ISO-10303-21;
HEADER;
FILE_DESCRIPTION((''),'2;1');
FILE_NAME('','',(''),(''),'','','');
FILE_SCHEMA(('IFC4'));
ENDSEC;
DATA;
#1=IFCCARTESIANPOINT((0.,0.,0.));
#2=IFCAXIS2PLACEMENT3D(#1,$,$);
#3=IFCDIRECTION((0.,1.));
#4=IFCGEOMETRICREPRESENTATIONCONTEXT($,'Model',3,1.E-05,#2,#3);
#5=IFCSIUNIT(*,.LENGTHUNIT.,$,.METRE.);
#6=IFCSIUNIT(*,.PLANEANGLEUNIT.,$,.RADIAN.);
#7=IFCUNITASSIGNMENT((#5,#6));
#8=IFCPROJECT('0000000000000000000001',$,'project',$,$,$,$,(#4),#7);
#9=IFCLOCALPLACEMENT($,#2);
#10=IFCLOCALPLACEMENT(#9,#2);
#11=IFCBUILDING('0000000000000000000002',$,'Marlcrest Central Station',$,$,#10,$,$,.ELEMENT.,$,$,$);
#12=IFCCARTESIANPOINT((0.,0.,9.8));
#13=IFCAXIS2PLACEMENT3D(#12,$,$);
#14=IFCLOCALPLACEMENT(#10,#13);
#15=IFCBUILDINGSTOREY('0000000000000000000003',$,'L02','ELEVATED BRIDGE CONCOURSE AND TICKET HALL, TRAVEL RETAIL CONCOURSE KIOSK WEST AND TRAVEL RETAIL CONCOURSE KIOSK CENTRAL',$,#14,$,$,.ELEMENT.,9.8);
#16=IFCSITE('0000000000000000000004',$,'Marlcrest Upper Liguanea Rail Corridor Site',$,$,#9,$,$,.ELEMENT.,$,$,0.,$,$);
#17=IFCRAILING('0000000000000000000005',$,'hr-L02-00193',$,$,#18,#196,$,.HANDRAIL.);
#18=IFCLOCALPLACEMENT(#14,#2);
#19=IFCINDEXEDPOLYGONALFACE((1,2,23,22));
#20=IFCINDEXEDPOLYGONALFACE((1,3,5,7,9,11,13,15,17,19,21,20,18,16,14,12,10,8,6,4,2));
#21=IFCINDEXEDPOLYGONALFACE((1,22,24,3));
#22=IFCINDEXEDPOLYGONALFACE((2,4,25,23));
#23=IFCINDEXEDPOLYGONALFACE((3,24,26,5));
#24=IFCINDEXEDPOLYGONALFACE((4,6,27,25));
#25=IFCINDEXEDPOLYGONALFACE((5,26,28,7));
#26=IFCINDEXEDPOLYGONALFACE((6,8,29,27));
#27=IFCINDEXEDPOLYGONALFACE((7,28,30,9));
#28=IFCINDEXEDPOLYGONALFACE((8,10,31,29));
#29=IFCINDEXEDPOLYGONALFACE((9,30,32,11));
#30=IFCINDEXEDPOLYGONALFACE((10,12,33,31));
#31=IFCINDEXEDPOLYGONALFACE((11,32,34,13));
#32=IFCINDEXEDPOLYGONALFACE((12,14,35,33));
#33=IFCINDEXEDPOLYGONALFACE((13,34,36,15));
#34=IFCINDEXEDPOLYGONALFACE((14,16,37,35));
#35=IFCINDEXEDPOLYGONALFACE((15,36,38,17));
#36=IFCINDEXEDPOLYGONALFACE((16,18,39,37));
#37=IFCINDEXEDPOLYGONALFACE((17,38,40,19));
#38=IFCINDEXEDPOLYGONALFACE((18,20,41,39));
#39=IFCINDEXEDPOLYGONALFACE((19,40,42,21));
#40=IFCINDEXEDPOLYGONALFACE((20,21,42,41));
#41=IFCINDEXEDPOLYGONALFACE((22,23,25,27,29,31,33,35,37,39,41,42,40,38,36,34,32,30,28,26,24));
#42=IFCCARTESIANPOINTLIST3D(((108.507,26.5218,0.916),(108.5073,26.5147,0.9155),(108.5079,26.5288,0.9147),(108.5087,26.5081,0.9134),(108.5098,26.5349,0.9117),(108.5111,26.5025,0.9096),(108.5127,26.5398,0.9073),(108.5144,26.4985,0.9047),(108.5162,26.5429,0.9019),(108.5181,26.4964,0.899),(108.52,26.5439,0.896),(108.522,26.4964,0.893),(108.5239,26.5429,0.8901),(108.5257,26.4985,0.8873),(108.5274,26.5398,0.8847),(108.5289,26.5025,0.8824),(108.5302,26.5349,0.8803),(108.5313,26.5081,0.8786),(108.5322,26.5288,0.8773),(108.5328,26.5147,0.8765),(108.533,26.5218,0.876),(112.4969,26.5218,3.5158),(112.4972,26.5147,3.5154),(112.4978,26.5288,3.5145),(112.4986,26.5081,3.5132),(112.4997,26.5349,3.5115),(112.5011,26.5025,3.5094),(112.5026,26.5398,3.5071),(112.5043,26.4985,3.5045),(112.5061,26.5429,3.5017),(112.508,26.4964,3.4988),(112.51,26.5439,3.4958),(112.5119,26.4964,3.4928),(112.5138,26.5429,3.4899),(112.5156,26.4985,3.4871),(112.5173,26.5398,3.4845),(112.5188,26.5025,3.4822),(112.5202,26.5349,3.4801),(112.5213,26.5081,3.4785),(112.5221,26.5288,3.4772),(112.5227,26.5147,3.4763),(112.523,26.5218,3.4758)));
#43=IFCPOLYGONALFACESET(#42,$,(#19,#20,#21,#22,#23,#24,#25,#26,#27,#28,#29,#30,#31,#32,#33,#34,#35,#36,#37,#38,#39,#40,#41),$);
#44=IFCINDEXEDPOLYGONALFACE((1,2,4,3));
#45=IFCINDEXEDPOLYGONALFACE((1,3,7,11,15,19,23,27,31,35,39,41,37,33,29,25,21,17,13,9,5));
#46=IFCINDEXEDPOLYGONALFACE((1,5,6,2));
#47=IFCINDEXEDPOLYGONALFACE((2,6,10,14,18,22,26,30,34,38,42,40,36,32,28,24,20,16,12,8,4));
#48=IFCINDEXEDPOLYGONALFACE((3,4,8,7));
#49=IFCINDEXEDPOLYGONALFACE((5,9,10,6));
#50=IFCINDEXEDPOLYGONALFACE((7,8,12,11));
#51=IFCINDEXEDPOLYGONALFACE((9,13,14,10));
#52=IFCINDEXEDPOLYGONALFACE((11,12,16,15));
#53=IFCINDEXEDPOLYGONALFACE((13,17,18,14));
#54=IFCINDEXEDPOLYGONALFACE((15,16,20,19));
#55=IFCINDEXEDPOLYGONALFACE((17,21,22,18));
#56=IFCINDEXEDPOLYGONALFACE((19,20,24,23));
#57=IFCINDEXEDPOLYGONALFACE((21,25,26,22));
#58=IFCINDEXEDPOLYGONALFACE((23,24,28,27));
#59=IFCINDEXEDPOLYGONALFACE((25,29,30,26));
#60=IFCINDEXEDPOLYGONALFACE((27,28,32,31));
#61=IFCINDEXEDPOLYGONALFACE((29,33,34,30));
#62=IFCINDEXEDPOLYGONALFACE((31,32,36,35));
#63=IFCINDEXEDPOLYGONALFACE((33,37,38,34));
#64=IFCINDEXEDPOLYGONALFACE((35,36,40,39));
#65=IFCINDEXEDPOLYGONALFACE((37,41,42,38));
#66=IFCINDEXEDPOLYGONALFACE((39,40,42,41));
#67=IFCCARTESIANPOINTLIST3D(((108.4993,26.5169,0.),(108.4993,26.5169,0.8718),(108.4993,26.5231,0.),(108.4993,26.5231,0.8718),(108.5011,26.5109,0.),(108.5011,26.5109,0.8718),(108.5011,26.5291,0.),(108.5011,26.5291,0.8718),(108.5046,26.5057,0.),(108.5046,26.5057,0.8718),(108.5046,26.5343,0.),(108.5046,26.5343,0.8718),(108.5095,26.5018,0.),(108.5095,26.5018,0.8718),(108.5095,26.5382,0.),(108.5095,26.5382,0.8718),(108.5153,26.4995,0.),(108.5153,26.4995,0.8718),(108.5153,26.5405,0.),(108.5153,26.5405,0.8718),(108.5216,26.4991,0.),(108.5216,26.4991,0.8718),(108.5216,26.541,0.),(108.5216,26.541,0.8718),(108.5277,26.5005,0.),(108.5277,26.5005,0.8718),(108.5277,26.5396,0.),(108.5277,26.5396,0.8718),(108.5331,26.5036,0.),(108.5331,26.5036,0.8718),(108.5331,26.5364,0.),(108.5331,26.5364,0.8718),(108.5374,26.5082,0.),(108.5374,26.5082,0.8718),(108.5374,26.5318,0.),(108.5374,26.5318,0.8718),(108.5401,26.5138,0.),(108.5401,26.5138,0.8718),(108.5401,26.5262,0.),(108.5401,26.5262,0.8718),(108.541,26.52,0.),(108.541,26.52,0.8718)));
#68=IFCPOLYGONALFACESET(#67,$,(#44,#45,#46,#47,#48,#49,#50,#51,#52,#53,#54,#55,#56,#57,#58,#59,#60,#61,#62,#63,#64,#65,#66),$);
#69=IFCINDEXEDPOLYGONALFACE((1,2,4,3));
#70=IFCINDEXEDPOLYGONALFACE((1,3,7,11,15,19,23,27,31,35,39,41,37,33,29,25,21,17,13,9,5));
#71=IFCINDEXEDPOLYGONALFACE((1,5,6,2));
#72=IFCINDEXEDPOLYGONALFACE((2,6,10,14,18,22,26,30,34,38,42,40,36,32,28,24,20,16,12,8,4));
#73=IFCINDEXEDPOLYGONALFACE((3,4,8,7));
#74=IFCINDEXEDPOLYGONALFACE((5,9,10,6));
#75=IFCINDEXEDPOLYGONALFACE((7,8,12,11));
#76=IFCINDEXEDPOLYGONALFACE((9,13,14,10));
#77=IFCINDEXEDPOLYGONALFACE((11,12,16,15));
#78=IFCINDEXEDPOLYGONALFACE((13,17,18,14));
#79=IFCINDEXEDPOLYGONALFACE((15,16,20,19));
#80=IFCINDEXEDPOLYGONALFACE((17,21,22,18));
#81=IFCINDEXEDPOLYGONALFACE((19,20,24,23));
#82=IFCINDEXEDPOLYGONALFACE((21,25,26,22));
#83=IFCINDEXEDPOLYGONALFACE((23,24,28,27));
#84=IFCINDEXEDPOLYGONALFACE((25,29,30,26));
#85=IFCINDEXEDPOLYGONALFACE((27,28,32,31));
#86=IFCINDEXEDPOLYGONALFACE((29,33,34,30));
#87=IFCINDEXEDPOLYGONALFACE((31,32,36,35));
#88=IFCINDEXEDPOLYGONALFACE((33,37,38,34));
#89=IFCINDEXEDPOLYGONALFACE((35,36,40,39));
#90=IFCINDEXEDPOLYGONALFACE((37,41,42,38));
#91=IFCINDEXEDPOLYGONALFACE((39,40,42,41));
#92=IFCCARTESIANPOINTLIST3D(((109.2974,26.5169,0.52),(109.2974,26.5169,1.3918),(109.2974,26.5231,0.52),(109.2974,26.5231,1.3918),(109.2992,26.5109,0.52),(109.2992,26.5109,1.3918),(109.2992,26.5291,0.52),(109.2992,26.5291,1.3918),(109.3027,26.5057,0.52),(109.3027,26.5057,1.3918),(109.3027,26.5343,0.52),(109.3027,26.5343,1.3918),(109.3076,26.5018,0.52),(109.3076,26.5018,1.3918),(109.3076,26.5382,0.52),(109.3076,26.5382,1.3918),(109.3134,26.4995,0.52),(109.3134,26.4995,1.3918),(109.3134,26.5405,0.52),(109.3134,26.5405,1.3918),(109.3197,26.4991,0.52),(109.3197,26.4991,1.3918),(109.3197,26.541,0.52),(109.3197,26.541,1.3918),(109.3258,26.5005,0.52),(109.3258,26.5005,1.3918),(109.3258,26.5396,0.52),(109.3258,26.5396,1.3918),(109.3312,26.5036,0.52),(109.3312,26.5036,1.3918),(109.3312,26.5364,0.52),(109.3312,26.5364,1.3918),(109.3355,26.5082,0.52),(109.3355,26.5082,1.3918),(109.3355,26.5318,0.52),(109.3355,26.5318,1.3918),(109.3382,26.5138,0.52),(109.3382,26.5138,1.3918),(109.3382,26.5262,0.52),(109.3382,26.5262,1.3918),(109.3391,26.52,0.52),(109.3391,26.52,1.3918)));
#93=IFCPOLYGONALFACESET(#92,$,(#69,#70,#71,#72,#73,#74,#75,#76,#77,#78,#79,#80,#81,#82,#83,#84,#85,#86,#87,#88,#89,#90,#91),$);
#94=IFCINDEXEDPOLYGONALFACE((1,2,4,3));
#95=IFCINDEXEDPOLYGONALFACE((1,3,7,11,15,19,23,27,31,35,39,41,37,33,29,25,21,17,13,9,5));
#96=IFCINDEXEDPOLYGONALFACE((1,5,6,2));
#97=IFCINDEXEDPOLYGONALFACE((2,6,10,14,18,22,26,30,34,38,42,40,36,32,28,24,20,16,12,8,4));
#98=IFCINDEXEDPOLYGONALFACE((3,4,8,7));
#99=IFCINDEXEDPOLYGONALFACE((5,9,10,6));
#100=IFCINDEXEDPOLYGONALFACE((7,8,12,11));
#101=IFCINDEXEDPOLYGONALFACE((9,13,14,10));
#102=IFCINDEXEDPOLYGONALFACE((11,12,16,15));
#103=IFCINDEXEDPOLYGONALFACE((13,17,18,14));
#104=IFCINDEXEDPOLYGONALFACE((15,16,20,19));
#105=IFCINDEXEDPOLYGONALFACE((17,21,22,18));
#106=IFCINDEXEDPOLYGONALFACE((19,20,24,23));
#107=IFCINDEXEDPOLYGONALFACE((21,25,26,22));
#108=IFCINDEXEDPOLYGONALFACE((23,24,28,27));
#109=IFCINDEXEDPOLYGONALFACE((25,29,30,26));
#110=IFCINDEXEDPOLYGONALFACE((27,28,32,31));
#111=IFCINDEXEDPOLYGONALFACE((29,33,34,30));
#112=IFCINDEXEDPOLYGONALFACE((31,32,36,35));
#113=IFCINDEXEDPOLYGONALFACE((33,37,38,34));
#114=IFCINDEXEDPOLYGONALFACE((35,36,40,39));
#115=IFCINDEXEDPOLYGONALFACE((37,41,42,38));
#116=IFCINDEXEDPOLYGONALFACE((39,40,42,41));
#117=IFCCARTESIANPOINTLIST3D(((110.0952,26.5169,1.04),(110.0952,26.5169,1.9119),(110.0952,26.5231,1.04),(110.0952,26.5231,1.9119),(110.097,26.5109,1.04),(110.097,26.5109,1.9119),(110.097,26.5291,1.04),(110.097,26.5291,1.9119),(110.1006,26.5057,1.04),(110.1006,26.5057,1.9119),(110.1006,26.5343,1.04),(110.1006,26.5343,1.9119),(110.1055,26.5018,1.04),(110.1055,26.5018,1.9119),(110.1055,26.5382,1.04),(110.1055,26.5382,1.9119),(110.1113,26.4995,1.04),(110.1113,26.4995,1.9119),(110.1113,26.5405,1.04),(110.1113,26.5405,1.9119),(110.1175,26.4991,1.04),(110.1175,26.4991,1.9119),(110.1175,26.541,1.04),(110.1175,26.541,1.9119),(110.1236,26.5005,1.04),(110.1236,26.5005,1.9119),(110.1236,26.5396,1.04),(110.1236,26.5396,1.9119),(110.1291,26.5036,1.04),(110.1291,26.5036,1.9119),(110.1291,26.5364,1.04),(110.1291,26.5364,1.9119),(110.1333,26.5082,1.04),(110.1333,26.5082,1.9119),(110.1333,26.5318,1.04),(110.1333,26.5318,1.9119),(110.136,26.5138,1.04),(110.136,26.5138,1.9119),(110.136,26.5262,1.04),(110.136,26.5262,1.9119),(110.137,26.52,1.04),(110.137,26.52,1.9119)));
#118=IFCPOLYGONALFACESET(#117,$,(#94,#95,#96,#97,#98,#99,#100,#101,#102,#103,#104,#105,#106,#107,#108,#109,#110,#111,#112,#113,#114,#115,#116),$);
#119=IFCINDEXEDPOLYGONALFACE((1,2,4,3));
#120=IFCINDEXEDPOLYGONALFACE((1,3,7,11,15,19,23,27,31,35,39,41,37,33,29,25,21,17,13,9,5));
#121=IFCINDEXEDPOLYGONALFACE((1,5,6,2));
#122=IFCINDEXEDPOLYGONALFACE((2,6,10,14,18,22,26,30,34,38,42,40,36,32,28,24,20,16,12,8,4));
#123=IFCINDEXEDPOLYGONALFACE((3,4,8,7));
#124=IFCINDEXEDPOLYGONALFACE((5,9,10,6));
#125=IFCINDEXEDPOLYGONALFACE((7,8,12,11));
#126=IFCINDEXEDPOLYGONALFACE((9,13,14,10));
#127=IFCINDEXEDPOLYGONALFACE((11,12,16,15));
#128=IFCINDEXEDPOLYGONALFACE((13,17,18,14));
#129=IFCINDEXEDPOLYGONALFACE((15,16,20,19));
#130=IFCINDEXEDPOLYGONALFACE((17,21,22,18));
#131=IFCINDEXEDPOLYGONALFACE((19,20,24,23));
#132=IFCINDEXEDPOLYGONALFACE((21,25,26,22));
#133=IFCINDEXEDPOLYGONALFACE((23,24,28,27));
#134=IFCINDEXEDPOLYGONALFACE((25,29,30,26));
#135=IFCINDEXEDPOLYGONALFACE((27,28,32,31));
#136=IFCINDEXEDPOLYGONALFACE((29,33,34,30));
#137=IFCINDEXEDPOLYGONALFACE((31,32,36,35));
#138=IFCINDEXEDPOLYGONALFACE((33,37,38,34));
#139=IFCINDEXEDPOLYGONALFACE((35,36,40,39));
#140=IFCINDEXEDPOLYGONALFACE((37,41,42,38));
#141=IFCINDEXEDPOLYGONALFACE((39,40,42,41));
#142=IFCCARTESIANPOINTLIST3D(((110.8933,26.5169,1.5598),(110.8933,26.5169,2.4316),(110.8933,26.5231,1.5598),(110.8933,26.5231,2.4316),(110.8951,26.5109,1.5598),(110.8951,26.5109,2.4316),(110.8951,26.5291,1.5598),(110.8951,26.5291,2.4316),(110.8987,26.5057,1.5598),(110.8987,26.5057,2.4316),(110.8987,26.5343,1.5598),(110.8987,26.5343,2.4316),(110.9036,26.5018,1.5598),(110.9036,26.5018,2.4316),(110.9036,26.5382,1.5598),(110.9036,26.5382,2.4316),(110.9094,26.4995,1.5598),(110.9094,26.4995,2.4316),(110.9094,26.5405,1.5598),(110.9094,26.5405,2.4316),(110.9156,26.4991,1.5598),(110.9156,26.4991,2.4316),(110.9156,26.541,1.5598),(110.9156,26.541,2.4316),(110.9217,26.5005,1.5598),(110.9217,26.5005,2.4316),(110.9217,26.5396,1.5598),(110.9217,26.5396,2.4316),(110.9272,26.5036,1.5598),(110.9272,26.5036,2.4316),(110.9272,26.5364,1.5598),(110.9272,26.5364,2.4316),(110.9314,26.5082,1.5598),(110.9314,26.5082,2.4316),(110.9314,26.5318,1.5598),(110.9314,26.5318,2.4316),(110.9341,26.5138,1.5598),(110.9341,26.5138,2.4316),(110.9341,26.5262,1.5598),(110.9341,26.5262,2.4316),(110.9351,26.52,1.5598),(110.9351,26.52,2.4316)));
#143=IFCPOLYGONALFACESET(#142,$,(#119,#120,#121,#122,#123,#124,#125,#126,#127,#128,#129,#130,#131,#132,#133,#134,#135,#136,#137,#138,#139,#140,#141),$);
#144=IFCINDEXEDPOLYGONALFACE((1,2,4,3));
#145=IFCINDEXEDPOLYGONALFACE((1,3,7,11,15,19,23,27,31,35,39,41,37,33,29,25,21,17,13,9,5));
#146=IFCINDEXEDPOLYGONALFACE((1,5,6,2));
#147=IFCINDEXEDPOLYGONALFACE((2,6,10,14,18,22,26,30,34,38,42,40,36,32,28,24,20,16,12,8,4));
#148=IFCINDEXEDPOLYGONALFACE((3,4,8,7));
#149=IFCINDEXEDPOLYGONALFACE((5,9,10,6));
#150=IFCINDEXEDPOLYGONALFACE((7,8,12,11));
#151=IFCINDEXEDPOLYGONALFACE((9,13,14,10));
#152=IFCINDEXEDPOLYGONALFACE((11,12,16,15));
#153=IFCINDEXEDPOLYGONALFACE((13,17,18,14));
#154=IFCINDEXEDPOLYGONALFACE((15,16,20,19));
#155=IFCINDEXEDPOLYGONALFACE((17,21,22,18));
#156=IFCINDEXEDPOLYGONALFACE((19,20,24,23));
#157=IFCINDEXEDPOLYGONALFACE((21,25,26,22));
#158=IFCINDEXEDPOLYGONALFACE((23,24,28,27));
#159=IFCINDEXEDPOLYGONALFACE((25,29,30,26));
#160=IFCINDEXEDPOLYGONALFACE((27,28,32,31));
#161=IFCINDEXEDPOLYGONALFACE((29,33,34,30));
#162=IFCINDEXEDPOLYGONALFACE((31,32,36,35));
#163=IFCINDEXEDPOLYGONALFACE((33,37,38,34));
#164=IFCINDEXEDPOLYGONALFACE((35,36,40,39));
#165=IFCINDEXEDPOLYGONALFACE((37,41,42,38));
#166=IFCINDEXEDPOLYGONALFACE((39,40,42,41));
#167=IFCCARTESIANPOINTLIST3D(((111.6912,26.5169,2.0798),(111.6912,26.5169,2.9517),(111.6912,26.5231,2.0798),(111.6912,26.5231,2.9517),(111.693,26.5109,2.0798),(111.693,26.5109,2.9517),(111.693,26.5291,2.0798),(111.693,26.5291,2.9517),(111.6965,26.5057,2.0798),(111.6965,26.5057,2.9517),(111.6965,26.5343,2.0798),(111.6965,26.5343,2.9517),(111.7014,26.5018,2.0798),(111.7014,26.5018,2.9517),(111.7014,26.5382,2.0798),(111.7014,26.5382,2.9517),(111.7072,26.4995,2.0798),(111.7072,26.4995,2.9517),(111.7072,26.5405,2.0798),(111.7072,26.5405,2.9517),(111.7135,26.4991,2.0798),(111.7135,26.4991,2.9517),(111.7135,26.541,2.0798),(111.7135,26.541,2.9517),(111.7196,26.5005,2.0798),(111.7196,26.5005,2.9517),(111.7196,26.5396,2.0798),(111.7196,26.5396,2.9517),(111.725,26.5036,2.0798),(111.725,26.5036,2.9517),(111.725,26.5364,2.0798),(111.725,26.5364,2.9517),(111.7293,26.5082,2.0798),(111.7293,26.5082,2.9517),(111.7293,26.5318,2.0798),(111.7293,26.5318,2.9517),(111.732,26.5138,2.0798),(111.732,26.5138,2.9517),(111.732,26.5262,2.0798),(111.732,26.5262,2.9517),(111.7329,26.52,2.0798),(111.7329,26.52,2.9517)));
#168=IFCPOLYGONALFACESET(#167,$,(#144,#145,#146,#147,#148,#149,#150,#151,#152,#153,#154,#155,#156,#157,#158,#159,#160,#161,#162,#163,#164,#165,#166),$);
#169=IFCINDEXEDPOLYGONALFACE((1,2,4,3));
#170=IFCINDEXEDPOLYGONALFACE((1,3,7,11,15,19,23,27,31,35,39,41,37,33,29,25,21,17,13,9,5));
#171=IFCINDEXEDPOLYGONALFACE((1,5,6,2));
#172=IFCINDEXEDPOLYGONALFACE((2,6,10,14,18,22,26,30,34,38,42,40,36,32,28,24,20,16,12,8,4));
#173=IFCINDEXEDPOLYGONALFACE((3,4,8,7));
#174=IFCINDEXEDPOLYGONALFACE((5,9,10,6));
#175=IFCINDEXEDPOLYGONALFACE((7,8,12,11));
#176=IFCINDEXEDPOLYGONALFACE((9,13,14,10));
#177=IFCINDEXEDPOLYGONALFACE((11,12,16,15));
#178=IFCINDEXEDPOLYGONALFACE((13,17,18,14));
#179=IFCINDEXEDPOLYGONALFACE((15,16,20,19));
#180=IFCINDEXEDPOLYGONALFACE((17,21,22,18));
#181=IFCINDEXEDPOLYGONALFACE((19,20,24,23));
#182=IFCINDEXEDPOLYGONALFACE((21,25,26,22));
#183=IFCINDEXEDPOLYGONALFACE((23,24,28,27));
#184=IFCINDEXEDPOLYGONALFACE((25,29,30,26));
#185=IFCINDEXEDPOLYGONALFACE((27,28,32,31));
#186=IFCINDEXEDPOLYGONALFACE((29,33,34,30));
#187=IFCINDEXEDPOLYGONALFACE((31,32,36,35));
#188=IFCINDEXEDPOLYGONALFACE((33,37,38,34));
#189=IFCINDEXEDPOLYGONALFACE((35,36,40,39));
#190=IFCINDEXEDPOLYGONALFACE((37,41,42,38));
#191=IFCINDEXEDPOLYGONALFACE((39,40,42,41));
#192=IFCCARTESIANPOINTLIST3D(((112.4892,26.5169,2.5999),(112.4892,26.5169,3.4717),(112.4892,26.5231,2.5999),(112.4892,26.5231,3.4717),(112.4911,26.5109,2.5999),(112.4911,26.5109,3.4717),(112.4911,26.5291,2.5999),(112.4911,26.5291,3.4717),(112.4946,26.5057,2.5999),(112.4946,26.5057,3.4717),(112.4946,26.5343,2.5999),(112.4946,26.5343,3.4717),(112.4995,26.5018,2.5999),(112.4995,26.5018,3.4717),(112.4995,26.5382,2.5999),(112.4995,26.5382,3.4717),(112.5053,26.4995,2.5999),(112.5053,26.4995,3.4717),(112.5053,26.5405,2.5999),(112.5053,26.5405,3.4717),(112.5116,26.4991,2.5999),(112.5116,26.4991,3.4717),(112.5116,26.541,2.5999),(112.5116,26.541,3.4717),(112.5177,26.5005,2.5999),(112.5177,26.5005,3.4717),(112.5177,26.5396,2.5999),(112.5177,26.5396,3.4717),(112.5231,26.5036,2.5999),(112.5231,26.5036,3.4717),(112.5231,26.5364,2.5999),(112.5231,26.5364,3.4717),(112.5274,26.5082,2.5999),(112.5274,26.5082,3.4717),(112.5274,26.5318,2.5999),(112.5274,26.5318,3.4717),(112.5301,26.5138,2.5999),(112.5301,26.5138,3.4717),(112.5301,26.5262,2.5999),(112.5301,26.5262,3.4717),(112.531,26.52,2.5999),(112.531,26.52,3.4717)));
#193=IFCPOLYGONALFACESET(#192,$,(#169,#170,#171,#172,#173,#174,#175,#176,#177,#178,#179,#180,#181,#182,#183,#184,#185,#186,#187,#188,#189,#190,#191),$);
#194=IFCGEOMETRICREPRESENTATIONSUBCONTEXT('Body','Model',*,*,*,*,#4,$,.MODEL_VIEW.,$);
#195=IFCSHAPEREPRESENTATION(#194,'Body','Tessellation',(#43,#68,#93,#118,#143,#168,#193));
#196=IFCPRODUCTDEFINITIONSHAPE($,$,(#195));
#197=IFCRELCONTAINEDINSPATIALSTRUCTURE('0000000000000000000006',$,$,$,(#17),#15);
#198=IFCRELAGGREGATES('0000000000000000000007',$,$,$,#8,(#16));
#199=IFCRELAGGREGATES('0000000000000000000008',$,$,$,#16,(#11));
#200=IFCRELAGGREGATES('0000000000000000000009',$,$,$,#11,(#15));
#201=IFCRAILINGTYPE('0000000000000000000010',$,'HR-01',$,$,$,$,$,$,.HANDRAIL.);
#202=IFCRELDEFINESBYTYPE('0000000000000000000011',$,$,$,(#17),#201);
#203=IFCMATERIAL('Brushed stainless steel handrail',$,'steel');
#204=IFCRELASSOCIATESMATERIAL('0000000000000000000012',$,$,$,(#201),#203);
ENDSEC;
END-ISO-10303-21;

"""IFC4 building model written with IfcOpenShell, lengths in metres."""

from ifc_helpers import new_model, si_unit, direction, frame, origin, origin_2d, place, context, subcontext, project, spatial, circle, extrude, material, type_object, element, save


model = new_model("IFC4")

# Units and contexts
model_context = context("Model", 3, precision=1e-05, world=origin(), true_north=direction((0.0, 1.0)))
body_context = subcontext(model_context, "Body", "Model", "MODEL_VIEW")
ifc_project = project(units=[si_unit("LENGTHUNIT", "METRE"), si_unit("PLANEANGLEUNIT", "RADIAN")], contexts=[model_context])

# Site, building, storey
site_placement = place(None, origin())
site = spatial("IfcSite", under=ifc_project, at=site_placement, Name="Marlcrest Upper Liguanea Rail Corridor Site", CompositionType="ELEMENT", RefElevation=0.0)
building_placement = place(site_placement, origin())
building = spatial("IfcBuilding", under=site, at=building_placement, Name="Marlcrest Central Station", CompositionType="ELEMENT")
storey_placement = place(building_placement, frame((0.0, 0.0, 9.8)))
storey = spatial("IfcBuildingStorey", under=building, at=storey_placement, Name="L02", Description="ELEVATED BRIDGE CONCOURSE AND TICKET HALL, TRAVEL RETAIL CONCOURSE KIOSK WEST AND TRAVEL RETAIL CONCOURSE KIOSK CENTRAL", CompositionType="ELEMENT", Elevation=9.8)

# Railing
ifc_material_1 = material(Name="Brushed stainless steel handrail", Category="steel")
railing_type_1 = type_object("IfcRailingType", Name="HR-01", PredefinedType="HANDRAIL", material=ifc_material_1)
railing_1_placement = place(storey_placement, frame((108.52, 26.52, 0.0)))
element("IfcRailing", 1, at=railing_1_placement, inside=storey, type_object=railing_type_1, Name="hr-L02-00193", PredefinedType="HANDRAIL", context=body_context, shape_type="SweptSolid", body=[
    extrude(circle(Radius=0.0239, at=origin_2d()), frame((0.0, 0.0, 0.896), z_axis=(0.837833, 0.0, 0.545927), x_axis=(0.0, 1.0, 0.0)), (0.0, 0.0, 1.0), 4.7622),
    extrude(circle(Radius=0.021, at=origin_2d()), origin(), (0.0, 0.0, 1.0), 0.8718),
    extrude(circle(Radius=0.021, at=origin_2d()), frame((0.7981, 0.0, 0.52)), (0.0, 0.0, 1.0), 0.8718),
    extrude(circle(Radius=0.021, at=origin_2d()), frame((1.5959, 0.0, 1.04)), (0.0, 0.0, 1.0), 0.8718),
    extrude(circle(Radius=0.021, at=origin_2d()), frame((2.394, 0.0, 1.5598)), (0.0, 0.0, 1.0), 0.8718),
    extrude(circle(Radius=0.021, at=origin_2d()), frame((3.1919, 0.0, 2.0798)), (0.0, 0.0, 1.0), 0.8718),
    extrude(circle(Radius=0.021, at=origin_2d()), frame((3.99, 0.0, 2.5999)), (0.0, 0.0, 1.0), 0.8718),
])

save(model, "model.ifc")
